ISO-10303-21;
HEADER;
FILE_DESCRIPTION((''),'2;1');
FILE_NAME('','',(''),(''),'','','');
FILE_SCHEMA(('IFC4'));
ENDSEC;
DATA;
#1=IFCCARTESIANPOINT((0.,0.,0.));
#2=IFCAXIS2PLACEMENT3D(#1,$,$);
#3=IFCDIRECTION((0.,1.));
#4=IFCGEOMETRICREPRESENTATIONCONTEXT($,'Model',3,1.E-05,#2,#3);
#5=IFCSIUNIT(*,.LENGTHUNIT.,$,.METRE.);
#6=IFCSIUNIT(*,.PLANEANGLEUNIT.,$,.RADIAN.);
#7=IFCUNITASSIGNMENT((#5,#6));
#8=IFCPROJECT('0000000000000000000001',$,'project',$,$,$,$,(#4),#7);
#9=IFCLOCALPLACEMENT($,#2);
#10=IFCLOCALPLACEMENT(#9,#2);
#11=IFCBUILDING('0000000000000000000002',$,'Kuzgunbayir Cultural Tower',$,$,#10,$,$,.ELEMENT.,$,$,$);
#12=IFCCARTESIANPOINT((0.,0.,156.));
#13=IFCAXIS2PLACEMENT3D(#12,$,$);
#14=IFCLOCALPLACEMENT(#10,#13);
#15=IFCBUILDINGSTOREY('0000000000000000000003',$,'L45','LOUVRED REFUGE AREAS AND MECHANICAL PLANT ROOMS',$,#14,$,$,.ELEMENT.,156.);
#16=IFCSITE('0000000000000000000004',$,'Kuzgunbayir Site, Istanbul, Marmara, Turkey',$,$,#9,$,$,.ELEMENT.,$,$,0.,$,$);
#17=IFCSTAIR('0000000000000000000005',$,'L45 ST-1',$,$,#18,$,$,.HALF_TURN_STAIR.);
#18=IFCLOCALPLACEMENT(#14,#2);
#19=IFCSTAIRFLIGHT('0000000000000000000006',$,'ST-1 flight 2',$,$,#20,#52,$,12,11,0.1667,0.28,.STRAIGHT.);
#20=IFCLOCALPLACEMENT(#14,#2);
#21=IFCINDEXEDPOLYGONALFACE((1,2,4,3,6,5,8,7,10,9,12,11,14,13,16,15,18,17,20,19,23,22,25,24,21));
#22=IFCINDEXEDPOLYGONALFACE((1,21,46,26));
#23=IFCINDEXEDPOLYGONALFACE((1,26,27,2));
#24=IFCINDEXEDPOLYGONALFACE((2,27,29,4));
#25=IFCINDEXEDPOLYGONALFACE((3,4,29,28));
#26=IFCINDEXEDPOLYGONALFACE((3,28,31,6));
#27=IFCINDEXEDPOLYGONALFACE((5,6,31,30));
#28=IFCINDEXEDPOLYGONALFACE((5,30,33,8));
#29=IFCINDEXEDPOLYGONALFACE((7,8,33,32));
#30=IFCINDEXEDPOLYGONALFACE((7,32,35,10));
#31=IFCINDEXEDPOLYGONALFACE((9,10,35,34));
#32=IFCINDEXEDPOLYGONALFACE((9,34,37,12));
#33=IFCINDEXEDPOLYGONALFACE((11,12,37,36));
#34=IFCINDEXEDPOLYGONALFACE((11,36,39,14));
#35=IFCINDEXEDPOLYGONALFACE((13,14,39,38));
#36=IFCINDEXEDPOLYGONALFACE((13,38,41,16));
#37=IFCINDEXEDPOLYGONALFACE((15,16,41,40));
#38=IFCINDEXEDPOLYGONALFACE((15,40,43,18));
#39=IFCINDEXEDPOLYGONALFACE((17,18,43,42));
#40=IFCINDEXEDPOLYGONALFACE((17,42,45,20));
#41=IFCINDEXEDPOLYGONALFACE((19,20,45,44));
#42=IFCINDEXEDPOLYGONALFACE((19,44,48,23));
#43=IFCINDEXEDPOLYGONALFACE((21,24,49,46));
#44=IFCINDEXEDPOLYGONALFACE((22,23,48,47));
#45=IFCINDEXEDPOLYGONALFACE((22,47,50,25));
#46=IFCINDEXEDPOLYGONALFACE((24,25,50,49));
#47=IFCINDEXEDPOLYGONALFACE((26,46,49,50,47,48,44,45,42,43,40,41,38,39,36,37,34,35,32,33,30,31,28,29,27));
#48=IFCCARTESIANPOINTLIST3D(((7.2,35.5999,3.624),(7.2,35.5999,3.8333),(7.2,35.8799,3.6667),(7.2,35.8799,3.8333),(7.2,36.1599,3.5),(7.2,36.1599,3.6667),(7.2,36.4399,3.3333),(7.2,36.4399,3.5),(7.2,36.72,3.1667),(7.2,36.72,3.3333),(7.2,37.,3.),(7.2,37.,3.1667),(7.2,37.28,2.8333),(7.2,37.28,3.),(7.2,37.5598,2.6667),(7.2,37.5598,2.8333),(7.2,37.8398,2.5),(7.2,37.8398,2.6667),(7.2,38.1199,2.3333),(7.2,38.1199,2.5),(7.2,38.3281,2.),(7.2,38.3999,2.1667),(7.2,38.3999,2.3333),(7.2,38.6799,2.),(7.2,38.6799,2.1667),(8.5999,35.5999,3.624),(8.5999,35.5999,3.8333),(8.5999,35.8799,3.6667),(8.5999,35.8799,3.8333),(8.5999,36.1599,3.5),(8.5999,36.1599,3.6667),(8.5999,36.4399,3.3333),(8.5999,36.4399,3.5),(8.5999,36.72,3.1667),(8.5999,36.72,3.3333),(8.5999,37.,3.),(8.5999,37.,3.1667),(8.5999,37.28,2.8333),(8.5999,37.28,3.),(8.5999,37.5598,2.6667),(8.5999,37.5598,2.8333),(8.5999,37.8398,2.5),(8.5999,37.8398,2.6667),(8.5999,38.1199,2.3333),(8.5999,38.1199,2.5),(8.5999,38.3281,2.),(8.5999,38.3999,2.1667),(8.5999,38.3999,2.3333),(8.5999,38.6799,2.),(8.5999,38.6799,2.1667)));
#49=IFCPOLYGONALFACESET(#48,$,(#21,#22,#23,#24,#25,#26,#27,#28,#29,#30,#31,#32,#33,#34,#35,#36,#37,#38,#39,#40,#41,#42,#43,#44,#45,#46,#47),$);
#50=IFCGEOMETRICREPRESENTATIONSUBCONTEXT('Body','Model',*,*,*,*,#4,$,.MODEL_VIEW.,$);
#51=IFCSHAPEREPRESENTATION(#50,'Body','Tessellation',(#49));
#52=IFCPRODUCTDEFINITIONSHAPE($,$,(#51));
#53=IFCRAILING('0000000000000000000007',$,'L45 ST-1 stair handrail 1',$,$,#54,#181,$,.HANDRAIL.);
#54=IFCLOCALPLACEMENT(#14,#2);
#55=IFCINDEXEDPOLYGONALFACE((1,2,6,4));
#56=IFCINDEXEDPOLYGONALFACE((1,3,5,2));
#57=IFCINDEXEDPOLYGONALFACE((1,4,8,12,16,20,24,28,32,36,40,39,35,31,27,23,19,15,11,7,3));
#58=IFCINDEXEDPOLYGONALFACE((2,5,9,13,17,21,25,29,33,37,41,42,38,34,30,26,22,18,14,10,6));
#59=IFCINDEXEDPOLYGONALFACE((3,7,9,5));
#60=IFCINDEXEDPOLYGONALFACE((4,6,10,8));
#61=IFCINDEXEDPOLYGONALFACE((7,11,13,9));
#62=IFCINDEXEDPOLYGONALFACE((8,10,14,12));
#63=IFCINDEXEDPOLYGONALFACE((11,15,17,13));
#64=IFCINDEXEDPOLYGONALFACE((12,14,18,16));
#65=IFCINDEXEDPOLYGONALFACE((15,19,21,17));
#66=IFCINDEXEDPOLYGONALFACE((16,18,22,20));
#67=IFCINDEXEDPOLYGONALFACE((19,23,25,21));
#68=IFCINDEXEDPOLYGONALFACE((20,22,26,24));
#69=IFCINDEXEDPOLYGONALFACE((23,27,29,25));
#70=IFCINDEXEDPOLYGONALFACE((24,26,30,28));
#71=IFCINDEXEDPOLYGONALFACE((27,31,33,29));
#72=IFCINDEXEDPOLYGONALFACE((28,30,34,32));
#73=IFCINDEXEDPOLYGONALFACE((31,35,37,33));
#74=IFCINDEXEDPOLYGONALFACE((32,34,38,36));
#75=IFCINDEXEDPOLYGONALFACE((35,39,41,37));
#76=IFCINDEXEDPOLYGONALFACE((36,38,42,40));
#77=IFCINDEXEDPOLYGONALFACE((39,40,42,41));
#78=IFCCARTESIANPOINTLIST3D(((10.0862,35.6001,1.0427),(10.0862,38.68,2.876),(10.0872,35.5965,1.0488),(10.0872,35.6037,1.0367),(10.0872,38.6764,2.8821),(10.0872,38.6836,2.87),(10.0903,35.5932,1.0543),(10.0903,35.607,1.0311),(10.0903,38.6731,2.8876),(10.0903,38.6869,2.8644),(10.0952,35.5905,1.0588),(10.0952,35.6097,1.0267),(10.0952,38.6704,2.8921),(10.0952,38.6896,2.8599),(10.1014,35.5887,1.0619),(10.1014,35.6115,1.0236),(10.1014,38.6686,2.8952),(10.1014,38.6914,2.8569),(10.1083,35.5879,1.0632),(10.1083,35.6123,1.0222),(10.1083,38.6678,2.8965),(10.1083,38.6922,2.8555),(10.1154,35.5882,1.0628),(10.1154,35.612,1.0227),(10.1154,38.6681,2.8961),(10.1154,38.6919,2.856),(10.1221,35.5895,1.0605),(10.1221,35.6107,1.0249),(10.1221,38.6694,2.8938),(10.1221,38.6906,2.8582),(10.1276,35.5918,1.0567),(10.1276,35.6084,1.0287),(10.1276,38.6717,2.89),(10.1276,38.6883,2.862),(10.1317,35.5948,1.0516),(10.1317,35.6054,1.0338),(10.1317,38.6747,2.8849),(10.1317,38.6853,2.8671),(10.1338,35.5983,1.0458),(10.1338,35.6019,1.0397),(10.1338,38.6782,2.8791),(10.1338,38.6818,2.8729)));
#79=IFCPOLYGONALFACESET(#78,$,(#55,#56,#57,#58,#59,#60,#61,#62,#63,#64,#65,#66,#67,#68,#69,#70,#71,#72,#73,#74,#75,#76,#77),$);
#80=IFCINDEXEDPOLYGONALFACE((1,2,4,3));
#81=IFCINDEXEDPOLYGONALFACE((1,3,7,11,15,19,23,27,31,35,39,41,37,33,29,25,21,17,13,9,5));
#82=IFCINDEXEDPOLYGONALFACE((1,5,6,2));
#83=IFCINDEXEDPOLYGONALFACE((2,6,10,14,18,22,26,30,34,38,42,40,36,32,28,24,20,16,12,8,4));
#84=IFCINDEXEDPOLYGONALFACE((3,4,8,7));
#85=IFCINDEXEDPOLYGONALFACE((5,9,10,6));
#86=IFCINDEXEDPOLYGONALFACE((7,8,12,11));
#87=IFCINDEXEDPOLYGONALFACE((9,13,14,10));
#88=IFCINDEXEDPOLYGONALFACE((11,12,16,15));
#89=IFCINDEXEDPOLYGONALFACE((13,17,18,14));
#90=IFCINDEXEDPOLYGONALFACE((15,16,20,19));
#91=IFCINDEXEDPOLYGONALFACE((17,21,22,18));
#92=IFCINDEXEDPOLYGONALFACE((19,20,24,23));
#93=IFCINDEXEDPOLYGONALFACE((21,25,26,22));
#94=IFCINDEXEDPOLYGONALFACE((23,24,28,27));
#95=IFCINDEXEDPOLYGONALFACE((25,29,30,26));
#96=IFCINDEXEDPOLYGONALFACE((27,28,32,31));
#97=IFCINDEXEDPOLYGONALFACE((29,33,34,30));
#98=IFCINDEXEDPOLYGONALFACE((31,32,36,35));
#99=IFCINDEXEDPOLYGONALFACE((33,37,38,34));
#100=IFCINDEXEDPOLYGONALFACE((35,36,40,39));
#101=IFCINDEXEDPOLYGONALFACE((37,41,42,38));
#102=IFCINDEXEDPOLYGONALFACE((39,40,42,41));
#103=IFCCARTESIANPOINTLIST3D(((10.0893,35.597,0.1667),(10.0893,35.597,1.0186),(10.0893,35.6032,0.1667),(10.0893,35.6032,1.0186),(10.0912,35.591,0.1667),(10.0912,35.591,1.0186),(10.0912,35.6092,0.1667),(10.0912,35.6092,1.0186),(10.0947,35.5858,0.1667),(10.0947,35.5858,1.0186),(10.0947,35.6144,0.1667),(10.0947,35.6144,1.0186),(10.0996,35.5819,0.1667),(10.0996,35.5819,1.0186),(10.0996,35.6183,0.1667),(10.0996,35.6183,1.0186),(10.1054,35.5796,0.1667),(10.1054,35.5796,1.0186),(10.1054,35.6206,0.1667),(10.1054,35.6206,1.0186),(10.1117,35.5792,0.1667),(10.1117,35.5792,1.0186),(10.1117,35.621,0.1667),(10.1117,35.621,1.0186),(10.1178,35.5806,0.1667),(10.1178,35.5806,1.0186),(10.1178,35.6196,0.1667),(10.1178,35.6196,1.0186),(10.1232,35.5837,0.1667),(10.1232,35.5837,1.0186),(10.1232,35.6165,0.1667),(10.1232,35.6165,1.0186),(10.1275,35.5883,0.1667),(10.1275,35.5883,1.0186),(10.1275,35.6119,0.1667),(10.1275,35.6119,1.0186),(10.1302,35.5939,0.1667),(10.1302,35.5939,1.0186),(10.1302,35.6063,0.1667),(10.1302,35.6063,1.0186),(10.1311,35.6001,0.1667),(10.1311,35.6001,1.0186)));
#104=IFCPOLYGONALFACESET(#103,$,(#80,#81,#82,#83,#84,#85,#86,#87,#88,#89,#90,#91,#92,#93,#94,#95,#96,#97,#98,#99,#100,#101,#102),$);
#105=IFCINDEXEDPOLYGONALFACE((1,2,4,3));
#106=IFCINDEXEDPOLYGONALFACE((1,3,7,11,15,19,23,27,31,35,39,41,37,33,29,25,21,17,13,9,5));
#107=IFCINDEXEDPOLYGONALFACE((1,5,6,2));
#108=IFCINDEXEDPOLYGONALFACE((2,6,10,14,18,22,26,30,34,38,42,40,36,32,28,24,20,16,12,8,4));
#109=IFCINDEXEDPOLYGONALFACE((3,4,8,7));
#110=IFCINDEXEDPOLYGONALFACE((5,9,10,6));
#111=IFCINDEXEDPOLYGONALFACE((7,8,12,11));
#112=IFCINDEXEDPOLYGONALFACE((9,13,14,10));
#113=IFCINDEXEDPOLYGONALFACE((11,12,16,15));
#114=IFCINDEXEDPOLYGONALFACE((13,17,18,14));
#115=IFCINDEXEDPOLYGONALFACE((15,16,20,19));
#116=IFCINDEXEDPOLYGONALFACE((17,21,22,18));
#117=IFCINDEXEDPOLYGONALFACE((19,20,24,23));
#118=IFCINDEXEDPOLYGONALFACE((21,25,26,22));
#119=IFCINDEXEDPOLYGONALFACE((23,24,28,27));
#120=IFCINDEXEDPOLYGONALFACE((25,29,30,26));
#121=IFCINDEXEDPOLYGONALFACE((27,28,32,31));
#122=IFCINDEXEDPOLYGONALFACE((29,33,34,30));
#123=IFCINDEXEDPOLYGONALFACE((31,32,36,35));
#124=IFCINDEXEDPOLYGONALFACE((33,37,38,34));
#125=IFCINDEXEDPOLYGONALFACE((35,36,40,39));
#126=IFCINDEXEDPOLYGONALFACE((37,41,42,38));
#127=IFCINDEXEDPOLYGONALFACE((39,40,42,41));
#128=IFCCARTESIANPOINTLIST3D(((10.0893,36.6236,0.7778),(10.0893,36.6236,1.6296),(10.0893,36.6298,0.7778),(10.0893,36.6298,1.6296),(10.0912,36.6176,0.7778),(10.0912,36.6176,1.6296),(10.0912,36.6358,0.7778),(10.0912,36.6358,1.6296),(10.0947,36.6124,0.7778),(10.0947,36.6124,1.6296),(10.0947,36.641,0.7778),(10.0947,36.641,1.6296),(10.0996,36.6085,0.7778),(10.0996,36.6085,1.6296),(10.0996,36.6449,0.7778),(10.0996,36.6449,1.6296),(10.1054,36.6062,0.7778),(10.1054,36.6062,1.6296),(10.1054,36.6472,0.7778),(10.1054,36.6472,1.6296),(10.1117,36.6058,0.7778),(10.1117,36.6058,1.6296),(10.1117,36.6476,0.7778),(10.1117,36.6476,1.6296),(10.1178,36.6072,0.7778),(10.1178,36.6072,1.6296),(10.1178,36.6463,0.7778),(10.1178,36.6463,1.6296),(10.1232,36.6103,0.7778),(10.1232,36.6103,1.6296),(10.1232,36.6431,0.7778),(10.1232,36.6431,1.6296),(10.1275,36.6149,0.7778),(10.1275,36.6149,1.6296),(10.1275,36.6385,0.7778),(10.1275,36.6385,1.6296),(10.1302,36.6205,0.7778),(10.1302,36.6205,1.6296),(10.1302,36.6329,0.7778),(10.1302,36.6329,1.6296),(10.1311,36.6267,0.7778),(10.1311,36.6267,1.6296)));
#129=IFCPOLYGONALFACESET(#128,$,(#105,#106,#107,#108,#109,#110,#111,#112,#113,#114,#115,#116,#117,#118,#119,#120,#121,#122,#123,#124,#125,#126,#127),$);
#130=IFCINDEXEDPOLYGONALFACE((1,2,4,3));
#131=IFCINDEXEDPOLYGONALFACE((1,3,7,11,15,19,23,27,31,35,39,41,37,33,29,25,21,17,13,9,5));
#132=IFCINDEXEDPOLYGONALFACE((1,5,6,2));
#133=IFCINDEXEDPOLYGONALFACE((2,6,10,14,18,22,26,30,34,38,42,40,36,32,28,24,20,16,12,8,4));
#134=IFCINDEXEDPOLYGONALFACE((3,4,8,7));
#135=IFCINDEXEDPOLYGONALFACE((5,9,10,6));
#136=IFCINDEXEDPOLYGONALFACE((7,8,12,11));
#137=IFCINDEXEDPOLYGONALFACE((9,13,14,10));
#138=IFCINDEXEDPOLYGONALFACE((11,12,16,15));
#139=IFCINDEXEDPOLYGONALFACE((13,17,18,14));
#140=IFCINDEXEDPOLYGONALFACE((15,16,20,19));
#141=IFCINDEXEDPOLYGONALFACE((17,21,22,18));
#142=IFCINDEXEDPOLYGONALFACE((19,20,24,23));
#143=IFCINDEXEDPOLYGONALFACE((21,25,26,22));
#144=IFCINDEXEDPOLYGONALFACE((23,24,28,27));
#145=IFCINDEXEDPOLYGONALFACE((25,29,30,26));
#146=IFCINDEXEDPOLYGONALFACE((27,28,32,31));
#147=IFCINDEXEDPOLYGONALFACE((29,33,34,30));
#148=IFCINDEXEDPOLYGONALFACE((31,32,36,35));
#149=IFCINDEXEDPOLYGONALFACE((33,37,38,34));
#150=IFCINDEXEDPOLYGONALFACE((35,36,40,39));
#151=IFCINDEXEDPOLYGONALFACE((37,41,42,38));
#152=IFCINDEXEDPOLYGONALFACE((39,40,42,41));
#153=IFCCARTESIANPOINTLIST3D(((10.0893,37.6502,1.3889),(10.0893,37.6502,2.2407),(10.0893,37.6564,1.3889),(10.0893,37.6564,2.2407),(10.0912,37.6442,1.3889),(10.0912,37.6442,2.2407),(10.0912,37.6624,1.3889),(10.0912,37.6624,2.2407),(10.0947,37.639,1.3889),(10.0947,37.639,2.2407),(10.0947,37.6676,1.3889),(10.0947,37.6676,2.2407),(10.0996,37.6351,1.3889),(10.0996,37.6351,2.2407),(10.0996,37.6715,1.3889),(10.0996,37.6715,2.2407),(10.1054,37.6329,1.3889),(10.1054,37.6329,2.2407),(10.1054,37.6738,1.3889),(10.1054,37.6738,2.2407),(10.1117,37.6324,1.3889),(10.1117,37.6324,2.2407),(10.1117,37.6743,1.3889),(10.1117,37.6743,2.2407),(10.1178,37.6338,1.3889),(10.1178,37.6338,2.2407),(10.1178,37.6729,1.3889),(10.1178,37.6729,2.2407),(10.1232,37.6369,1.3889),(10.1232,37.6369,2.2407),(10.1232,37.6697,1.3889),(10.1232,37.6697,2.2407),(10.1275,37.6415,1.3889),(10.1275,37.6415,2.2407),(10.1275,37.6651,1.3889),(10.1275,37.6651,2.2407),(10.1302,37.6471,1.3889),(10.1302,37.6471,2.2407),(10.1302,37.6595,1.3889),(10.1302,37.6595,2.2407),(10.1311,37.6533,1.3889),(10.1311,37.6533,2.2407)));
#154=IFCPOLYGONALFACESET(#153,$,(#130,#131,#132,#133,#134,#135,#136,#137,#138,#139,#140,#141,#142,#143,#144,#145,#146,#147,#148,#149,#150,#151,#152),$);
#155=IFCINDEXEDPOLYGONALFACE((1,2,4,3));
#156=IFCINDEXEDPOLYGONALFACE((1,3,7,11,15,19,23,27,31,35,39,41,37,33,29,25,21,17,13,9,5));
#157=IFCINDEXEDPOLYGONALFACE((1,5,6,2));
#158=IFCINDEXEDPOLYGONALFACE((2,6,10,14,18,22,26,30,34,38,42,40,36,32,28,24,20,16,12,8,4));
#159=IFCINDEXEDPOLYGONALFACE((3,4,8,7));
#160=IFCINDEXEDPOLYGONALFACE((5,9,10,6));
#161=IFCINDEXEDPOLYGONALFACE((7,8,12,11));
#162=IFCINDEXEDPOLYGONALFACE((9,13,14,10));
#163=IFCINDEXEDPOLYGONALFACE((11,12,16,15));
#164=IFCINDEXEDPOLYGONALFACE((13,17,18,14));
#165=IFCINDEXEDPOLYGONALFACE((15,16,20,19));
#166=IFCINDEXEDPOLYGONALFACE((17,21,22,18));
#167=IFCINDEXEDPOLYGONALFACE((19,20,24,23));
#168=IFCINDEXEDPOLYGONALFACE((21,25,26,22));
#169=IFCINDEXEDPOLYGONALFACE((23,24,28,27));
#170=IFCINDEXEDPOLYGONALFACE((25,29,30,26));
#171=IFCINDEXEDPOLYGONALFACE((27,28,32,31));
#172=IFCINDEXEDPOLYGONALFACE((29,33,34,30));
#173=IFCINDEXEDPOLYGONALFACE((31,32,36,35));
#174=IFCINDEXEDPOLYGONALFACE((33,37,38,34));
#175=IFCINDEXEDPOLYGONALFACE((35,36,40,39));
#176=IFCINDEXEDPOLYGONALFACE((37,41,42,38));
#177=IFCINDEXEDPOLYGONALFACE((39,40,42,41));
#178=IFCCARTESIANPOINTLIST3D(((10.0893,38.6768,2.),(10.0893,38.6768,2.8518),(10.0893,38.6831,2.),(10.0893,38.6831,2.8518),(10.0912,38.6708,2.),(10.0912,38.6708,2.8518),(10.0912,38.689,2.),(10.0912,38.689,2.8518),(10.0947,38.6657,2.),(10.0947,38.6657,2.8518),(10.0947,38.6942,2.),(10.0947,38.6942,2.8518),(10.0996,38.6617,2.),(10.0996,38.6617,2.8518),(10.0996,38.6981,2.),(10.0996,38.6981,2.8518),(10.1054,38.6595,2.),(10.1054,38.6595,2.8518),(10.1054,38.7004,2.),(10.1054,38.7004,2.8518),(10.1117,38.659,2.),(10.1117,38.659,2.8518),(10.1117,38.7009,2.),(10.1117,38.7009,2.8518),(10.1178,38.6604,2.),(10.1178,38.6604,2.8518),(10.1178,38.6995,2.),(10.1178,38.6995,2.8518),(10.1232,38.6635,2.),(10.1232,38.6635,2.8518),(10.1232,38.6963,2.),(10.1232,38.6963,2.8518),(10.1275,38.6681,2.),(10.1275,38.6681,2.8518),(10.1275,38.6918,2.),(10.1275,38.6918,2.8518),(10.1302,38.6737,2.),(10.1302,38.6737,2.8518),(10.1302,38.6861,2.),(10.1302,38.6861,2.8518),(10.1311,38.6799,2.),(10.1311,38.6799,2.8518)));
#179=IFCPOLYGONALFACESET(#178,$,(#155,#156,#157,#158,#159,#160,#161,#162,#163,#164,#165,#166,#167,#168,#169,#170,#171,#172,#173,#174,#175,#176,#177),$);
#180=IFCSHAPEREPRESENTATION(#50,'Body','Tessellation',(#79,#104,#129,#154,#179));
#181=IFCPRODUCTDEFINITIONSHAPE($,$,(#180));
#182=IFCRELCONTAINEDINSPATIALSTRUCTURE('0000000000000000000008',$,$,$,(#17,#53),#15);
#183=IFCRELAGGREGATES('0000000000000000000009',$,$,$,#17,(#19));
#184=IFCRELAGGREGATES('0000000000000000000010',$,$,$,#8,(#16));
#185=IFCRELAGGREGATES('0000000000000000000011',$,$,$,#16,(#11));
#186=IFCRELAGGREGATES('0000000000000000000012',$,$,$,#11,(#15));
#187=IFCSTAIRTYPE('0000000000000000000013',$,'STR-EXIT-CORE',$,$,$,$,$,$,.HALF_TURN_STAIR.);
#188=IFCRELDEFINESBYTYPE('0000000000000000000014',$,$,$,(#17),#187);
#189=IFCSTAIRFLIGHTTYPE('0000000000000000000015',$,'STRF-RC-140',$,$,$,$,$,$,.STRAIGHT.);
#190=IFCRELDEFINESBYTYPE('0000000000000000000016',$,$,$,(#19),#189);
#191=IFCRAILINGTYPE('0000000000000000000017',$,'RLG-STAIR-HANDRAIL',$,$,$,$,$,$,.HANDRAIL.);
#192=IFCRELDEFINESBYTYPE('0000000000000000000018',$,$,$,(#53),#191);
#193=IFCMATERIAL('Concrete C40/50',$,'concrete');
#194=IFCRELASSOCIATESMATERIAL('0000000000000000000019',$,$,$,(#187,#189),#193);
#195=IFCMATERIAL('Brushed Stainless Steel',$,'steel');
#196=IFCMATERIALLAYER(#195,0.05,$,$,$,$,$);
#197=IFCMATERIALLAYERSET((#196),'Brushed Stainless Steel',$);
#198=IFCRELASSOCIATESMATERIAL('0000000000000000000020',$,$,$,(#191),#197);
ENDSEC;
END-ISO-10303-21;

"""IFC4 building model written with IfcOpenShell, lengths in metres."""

from ifc_helpers import new_model, si_unit, direction, frame, origin, origin_2d, place, context, subcontext, project, spatial, polyline, circle, outline, extrude, material, layer, layer_set, type_object, element, aggregate, save


model = new_model("IFC4")

# Units and contexts
model_context = context("Model", 3, precision=1e-05, world=origin(), true_north=direction((0.0, 1.0)))
body_context = subcontext(model_context, "Body", "Model", "MODEL_VIEW")
ifc_project = project(units=[si_unit("LENGTHUNIT", "METRE"), si_unit("PLANEANGLEUNIT", "RADIAN")], contexts=[model_context])

# Site, building, storey
site_placement = place(None, origin())
site = spatial("IfcSite", under=ifc_project, at=site_placement, Name="Kuzgunbayir Site, Istanbul, Marmara, Turkey", CompositionType="ELEMENT", RefElevation=0.0)
building_placement = place(site_placement, origin())
building = spatial("IfcBuilding", under=site, at=building_placement, Name="Kuzgunbayir Cultural Tower", CompositionType="ELEMENT")
storey_placement = place(building_placement, frame((0.0, 0.0, 156.0)))
storey = spatial("IfcBuildingStorey", under=building, at=storey_placement, Name="L45", Description="LOUVRED REFUGE AREAS AND MECHANICAL PLANT ROOMS", CompositionType="ELEMENT", Elevation=156.0)

# Shared definitions
ifc_material_1 = material(Name="Concrete C40/50", Category="concrete")

# Shared definitions
ifc_material_2 = material(Name="Brushed Stainless Steel", Category="steel")

# Stair, stair flight
stair_type = type_object("IfcStairType", Name="STR-EXIT-CORE", PredefinedType="HALF_TURN_STAIR", material=ifc_material_1)
stair_placement = place(storey_placement, origin())
stair = element("IfcStair", 1, at=stair_placement, inside=storey, type_object=stair_type, Name="L45 ST-1", PredefinedType="HALF_TURN_STAIR")
stair_flight_type = type_object("IfcStairFlightType", Name="STRF-RC-140", PredefinedType="STRAIGHT", material=ifc_material_1)
stair_flight_1_placement = place(storey_placement, frame((7.8999, 38.6799, 2.0), z_axis=(0.0, 0.0, 1.0), x_axis=(0.0, -1.0, 0.0)))
stair_flight_1 = element("IfcStairFlight", 2, at=stair_flight_1_placement, type_object=stair_flight_type, Name="ST-1 flight 2", NumberOfRisers=12, NumberOfTreads=11, PredefinedType="STRAIGHT", RiserHeight=0.1667, TreadLength=0.28, context=body_context, shape_type="SweptSolid", body=[
    extrude(outline(polyline([(0.0, 0.0), (0.0, 0.1667), (0.28, 0.1667), (0.28, 0.3333), (0.5601, 0.3333), (0.5601, 0.5), (0.8401, 0.5), (0.8401, 0.6667), (1.1201, 0.6667), (1.1201, 0.8333), (1.3999, 0.8333), (1.3999, 1.0), (1.6799, 1.0), (1.6799, 1.1667), (1.96, 1.1667), (1.96, 1.3333), (2.24, 1.3333), (2.24, 1.5), (2.52, 1.5), (2.52, 1.6667), (2.8, 1.6667), (2.8, 1.8333), (3.0801, 1.8333), (3.0801, 2.0), (3.0801, 1.624), (0.3518, 0.0), (0.0, 0.0)])), frame((0.0, 0.7, 0.0), z_axis=(0.0, -1.0, 0.0), x_axis=(1.0, 0.0, 0.0)), (0.0, 0.0, 1.0), 1.3999),
])
aggregate(stair, [stair_flight_1])

# Railing
ifc_layer_1 = layer(ifc_material_2, 0.05)
ifc_layer_set_1 = layer_set([ifc_layer_1], Name="Brushed Stainless Steel")
railing_type_1 = type_object("IfcRailingType", Name="RLG-STAIR-HANDRAIL", PredefinedType="HANDRAIL", material=ifc_layer_set_1)
railing_1_placement = place(storey_placement, frame((10.1101, 35.6001, 0.1667)))
element("IfcRailing", 3, at=railing_1_placement, inside=storey, type_object=railing_type_1, Name="L45 ST-1 stair handrail 1", PredefinedType="HANDRAIL", context=body_context, shape_type="SweptSolid", body=[
    extrude(circle(Radius=0.0239, at=origin_2d()), frame((0.0, 0.0, 0.876), z_axis=(0.0, 0.859291, 0.511487), x_axis=(-1.0, 0.0, 0.0)), (0.0, 0.0, 1.0), 3.5842),
    extrude(circle(Radius=0.021, at=origin_2d()), origin(), (0.0, 0.0, 1.0), 0.8518),
    extrude(circle(Radius=0.021, at=origin_2d()), frame((0.0, 1.0266, 0.6111)), (0.0, 0.0, 1.0), 0.8518),
    extrude(circle(Radius=0.021, at=origin_2d()), frame((0.0, 2.0532, 1.2222)), (0.0, 0.0, 1.0), 0.8518),
    extrude(circle(Radius=0.021, at=origin_2d()), frame((0.0, 3.0798, 1.8333)), (0.0, 0.0, 1.0), 0.8518),
])

save(model, "model.ifc")
